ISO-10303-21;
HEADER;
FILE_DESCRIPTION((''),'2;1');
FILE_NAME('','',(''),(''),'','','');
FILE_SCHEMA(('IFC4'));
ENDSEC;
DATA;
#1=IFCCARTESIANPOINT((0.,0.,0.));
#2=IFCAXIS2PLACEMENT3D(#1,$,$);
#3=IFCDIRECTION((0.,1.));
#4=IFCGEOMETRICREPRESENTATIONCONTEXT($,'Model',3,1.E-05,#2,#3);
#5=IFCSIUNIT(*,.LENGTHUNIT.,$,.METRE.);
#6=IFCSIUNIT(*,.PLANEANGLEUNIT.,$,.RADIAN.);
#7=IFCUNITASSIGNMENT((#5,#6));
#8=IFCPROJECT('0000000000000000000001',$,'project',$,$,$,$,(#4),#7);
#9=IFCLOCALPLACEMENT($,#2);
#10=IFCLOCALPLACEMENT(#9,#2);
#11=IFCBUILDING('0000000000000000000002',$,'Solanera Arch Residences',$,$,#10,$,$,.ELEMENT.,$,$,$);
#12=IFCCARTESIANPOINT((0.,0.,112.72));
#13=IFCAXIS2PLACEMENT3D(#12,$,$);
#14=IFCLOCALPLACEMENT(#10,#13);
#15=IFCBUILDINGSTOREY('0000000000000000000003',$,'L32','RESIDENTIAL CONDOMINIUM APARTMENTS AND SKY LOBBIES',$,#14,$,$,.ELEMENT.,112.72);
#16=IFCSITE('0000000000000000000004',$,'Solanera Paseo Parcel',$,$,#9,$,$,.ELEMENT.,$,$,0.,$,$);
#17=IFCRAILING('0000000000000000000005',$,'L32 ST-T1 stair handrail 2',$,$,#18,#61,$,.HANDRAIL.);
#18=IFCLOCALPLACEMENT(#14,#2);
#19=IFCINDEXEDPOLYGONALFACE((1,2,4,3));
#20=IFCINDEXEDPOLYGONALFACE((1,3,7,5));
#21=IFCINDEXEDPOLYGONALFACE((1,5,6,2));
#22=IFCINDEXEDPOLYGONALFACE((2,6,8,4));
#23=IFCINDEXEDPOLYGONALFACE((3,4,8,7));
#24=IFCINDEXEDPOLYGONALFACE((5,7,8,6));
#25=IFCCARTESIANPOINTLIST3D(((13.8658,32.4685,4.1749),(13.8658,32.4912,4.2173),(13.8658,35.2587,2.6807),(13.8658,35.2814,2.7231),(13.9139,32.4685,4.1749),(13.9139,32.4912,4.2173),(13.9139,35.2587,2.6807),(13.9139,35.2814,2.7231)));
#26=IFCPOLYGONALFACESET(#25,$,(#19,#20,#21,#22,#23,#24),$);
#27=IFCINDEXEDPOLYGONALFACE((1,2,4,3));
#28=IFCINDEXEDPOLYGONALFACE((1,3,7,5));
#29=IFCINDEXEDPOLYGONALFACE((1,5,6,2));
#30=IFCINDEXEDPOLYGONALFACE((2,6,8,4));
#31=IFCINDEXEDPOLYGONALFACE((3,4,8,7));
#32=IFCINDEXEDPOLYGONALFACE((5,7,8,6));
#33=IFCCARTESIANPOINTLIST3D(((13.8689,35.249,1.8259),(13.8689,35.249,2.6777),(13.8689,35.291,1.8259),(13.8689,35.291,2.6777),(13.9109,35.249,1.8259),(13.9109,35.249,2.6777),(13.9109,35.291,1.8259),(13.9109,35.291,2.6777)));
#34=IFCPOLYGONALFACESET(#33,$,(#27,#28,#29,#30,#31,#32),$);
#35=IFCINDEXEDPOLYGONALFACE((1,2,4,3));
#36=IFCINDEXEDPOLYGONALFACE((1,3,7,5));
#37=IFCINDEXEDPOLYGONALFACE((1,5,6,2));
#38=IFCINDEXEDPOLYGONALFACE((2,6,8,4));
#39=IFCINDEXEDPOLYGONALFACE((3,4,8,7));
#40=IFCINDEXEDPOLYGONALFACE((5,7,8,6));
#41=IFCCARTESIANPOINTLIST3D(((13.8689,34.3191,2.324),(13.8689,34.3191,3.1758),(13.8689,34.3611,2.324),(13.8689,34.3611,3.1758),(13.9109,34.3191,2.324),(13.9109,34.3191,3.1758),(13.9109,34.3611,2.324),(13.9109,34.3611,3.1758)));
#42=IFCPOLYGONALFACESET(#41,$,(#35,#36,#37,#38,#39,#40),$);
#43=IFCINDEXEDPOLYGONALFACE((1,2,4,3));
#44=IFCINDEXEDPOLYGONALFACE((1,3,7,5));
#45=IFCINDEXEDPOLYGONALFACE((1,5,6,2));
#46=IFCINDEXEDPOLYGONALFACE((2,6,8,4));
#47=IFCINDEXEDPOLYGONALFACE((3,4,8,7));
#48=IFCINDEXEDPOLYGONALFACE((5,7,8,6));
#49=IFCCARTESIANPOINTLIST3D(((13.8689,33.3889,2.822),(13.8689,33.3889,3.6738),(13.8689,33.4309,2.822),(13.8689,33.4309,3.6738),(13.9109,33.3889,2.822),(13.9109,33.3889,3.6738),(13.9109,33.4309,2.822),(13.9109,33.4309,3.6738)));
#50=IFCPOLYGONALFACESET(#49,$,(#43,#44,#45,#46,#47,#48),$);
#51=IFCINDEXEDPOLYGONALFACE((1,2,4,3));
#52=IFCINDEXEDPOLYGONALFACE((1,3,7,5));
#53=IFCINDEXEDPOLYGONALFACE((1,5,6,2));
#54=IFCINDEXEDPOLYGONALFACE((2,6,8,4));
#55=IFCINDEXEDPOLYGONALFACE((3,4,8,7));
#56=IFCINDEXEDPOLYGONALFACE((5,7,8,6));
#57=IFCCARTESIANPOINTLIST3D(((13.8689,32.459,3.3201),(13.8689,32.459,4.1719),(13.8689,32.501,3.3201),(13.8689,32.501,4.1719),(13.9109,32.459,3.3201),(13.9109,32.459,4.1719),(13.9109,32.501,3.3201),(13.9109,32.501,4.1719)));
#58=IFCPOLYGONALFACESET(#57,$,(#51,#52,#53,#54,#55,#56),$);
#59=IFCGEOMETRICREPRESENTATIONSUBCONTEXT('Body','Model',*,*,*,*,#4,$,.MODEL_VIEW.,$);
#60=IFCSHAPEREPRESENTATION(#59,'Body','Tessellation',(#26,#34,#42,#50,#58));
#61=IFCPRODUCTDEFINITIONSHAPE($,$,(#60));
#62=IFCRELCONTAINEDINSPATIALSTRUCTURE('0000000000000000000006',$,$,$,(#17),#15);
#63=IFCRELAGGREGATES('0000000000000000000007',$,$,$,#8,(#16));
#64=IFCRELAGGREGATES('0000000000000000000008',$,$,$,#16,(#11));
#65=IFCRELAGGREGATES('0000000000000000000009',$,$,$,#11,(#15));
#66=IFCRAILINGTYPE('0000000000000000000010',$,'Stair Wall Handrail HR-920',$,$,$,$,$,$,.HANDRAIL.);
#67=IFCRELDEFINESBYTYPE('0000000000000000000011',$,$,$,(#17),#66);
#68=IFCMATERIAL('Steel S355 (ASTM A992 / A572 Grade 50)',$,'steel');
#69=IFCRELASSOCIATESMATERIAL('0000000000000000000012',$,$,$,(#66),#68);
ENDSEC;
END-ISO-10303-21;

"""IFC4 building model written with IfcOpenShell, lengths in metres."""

from ifc_helpers import new_model, si_unit, direction, frame, origin, origin_2d, place, context, subcontext, project, spatial, rectangle, extrude, material, type_object, element, save


model = new_model("IFC4")

# Units and contexts
model_context = context("Model", 3, precision=1e-05, world=origin(), true_north=direction((0.0, 1.0)))
body_context = subcontext(model_context, "Body", "Model", "MODEL_VIEW")
ifc_project = project(units=[si_unit("LENGTHUNIT", "METRE"), si_unit("PLANEANGLEUNIT", "RADIAN")], contexts=[model_context])

# Site, building, storey
site_placement = place(None, origin())
site = spatial("IfcSite", under=ifc_project, at=site_placement, Name="Solanera Paseo Parcel", CompositionType="ELEMENT", RefElevation=0.0)
building_placement = place(site_placement, origin())
building = spatial("IfcBuilding", under=site, at=building_placement, Name="Solanera Arch Residences", CompositionType="ELEMENT")
storey_placement = place(building_placement, frame((0.0, 0.0, 112.72)))
storey = spatial("IfcBuildingStorey", under=building, at=storey_placement, Name="L32", Description="RESIDENTIAL CONDOMINIUM APARTMENTS AND SKY LOBBIES", CompositionType="ELEMENT", Elevation=112.72)

# Railing
ifc_material_1 = material(Name="Steel S355 (ASTM A992 / A572 Grade 50)", Category="steel")
railing_type_1 = type_object("IfcRailingType", Name="Stair Wall Handrail HR-920", PredefinedType="HANDRAIL", material=ifc_material_1)
railing_1_placement = place(storey_placement, frame((13.8899, 35.27, 1.8259)))
element("IfcRailing", 1, at=railing_1_placement, inside=storey, type_object=railing_type_1, Name="L32 ST-T1 stair handrail 2", PredefinedType="HANDRAIL", context=body_context, shape_type="SweptSolid", body=[
    extrude(rectangle(XDim=0.0481, YDim=0.0481, at=origin_2d()), frame((0.0, 0.0, 0.876), z_axis=(0.0, -0.881549, 0.472093), x_axis=(1.0, 0.0, 0.0)), (0.0, 0.0, 1.0), 3.165),
    extrude(rectangle(XDim=0.042, YDim=0.042, at=origin_2d()), origin(), (0.0, 0.0, 1.0), 0.8518),
    extrude(rectangle(XDim=0.042, YDim=0.042, at=origin_2d()), frame((0.0, -0.9299, 0.498)), (0.0, 0.0, 1.0), 0.8518),
    extrude(rectangle(XDim=0.042, YDim=0.042, at=origin_2d()), frame((0.0, -1.8601, 0.9961)), (0.0, 0.0, 1.0), 0.8518),
    extrude(rectangle(XDim=0.042, YDim=0.042, at=origin_2d()), frame((0.0, -2.79, 1.4941)), (0.0, 0.0, 1.0), 0.8518),
])

save(model, "model.ifc")
